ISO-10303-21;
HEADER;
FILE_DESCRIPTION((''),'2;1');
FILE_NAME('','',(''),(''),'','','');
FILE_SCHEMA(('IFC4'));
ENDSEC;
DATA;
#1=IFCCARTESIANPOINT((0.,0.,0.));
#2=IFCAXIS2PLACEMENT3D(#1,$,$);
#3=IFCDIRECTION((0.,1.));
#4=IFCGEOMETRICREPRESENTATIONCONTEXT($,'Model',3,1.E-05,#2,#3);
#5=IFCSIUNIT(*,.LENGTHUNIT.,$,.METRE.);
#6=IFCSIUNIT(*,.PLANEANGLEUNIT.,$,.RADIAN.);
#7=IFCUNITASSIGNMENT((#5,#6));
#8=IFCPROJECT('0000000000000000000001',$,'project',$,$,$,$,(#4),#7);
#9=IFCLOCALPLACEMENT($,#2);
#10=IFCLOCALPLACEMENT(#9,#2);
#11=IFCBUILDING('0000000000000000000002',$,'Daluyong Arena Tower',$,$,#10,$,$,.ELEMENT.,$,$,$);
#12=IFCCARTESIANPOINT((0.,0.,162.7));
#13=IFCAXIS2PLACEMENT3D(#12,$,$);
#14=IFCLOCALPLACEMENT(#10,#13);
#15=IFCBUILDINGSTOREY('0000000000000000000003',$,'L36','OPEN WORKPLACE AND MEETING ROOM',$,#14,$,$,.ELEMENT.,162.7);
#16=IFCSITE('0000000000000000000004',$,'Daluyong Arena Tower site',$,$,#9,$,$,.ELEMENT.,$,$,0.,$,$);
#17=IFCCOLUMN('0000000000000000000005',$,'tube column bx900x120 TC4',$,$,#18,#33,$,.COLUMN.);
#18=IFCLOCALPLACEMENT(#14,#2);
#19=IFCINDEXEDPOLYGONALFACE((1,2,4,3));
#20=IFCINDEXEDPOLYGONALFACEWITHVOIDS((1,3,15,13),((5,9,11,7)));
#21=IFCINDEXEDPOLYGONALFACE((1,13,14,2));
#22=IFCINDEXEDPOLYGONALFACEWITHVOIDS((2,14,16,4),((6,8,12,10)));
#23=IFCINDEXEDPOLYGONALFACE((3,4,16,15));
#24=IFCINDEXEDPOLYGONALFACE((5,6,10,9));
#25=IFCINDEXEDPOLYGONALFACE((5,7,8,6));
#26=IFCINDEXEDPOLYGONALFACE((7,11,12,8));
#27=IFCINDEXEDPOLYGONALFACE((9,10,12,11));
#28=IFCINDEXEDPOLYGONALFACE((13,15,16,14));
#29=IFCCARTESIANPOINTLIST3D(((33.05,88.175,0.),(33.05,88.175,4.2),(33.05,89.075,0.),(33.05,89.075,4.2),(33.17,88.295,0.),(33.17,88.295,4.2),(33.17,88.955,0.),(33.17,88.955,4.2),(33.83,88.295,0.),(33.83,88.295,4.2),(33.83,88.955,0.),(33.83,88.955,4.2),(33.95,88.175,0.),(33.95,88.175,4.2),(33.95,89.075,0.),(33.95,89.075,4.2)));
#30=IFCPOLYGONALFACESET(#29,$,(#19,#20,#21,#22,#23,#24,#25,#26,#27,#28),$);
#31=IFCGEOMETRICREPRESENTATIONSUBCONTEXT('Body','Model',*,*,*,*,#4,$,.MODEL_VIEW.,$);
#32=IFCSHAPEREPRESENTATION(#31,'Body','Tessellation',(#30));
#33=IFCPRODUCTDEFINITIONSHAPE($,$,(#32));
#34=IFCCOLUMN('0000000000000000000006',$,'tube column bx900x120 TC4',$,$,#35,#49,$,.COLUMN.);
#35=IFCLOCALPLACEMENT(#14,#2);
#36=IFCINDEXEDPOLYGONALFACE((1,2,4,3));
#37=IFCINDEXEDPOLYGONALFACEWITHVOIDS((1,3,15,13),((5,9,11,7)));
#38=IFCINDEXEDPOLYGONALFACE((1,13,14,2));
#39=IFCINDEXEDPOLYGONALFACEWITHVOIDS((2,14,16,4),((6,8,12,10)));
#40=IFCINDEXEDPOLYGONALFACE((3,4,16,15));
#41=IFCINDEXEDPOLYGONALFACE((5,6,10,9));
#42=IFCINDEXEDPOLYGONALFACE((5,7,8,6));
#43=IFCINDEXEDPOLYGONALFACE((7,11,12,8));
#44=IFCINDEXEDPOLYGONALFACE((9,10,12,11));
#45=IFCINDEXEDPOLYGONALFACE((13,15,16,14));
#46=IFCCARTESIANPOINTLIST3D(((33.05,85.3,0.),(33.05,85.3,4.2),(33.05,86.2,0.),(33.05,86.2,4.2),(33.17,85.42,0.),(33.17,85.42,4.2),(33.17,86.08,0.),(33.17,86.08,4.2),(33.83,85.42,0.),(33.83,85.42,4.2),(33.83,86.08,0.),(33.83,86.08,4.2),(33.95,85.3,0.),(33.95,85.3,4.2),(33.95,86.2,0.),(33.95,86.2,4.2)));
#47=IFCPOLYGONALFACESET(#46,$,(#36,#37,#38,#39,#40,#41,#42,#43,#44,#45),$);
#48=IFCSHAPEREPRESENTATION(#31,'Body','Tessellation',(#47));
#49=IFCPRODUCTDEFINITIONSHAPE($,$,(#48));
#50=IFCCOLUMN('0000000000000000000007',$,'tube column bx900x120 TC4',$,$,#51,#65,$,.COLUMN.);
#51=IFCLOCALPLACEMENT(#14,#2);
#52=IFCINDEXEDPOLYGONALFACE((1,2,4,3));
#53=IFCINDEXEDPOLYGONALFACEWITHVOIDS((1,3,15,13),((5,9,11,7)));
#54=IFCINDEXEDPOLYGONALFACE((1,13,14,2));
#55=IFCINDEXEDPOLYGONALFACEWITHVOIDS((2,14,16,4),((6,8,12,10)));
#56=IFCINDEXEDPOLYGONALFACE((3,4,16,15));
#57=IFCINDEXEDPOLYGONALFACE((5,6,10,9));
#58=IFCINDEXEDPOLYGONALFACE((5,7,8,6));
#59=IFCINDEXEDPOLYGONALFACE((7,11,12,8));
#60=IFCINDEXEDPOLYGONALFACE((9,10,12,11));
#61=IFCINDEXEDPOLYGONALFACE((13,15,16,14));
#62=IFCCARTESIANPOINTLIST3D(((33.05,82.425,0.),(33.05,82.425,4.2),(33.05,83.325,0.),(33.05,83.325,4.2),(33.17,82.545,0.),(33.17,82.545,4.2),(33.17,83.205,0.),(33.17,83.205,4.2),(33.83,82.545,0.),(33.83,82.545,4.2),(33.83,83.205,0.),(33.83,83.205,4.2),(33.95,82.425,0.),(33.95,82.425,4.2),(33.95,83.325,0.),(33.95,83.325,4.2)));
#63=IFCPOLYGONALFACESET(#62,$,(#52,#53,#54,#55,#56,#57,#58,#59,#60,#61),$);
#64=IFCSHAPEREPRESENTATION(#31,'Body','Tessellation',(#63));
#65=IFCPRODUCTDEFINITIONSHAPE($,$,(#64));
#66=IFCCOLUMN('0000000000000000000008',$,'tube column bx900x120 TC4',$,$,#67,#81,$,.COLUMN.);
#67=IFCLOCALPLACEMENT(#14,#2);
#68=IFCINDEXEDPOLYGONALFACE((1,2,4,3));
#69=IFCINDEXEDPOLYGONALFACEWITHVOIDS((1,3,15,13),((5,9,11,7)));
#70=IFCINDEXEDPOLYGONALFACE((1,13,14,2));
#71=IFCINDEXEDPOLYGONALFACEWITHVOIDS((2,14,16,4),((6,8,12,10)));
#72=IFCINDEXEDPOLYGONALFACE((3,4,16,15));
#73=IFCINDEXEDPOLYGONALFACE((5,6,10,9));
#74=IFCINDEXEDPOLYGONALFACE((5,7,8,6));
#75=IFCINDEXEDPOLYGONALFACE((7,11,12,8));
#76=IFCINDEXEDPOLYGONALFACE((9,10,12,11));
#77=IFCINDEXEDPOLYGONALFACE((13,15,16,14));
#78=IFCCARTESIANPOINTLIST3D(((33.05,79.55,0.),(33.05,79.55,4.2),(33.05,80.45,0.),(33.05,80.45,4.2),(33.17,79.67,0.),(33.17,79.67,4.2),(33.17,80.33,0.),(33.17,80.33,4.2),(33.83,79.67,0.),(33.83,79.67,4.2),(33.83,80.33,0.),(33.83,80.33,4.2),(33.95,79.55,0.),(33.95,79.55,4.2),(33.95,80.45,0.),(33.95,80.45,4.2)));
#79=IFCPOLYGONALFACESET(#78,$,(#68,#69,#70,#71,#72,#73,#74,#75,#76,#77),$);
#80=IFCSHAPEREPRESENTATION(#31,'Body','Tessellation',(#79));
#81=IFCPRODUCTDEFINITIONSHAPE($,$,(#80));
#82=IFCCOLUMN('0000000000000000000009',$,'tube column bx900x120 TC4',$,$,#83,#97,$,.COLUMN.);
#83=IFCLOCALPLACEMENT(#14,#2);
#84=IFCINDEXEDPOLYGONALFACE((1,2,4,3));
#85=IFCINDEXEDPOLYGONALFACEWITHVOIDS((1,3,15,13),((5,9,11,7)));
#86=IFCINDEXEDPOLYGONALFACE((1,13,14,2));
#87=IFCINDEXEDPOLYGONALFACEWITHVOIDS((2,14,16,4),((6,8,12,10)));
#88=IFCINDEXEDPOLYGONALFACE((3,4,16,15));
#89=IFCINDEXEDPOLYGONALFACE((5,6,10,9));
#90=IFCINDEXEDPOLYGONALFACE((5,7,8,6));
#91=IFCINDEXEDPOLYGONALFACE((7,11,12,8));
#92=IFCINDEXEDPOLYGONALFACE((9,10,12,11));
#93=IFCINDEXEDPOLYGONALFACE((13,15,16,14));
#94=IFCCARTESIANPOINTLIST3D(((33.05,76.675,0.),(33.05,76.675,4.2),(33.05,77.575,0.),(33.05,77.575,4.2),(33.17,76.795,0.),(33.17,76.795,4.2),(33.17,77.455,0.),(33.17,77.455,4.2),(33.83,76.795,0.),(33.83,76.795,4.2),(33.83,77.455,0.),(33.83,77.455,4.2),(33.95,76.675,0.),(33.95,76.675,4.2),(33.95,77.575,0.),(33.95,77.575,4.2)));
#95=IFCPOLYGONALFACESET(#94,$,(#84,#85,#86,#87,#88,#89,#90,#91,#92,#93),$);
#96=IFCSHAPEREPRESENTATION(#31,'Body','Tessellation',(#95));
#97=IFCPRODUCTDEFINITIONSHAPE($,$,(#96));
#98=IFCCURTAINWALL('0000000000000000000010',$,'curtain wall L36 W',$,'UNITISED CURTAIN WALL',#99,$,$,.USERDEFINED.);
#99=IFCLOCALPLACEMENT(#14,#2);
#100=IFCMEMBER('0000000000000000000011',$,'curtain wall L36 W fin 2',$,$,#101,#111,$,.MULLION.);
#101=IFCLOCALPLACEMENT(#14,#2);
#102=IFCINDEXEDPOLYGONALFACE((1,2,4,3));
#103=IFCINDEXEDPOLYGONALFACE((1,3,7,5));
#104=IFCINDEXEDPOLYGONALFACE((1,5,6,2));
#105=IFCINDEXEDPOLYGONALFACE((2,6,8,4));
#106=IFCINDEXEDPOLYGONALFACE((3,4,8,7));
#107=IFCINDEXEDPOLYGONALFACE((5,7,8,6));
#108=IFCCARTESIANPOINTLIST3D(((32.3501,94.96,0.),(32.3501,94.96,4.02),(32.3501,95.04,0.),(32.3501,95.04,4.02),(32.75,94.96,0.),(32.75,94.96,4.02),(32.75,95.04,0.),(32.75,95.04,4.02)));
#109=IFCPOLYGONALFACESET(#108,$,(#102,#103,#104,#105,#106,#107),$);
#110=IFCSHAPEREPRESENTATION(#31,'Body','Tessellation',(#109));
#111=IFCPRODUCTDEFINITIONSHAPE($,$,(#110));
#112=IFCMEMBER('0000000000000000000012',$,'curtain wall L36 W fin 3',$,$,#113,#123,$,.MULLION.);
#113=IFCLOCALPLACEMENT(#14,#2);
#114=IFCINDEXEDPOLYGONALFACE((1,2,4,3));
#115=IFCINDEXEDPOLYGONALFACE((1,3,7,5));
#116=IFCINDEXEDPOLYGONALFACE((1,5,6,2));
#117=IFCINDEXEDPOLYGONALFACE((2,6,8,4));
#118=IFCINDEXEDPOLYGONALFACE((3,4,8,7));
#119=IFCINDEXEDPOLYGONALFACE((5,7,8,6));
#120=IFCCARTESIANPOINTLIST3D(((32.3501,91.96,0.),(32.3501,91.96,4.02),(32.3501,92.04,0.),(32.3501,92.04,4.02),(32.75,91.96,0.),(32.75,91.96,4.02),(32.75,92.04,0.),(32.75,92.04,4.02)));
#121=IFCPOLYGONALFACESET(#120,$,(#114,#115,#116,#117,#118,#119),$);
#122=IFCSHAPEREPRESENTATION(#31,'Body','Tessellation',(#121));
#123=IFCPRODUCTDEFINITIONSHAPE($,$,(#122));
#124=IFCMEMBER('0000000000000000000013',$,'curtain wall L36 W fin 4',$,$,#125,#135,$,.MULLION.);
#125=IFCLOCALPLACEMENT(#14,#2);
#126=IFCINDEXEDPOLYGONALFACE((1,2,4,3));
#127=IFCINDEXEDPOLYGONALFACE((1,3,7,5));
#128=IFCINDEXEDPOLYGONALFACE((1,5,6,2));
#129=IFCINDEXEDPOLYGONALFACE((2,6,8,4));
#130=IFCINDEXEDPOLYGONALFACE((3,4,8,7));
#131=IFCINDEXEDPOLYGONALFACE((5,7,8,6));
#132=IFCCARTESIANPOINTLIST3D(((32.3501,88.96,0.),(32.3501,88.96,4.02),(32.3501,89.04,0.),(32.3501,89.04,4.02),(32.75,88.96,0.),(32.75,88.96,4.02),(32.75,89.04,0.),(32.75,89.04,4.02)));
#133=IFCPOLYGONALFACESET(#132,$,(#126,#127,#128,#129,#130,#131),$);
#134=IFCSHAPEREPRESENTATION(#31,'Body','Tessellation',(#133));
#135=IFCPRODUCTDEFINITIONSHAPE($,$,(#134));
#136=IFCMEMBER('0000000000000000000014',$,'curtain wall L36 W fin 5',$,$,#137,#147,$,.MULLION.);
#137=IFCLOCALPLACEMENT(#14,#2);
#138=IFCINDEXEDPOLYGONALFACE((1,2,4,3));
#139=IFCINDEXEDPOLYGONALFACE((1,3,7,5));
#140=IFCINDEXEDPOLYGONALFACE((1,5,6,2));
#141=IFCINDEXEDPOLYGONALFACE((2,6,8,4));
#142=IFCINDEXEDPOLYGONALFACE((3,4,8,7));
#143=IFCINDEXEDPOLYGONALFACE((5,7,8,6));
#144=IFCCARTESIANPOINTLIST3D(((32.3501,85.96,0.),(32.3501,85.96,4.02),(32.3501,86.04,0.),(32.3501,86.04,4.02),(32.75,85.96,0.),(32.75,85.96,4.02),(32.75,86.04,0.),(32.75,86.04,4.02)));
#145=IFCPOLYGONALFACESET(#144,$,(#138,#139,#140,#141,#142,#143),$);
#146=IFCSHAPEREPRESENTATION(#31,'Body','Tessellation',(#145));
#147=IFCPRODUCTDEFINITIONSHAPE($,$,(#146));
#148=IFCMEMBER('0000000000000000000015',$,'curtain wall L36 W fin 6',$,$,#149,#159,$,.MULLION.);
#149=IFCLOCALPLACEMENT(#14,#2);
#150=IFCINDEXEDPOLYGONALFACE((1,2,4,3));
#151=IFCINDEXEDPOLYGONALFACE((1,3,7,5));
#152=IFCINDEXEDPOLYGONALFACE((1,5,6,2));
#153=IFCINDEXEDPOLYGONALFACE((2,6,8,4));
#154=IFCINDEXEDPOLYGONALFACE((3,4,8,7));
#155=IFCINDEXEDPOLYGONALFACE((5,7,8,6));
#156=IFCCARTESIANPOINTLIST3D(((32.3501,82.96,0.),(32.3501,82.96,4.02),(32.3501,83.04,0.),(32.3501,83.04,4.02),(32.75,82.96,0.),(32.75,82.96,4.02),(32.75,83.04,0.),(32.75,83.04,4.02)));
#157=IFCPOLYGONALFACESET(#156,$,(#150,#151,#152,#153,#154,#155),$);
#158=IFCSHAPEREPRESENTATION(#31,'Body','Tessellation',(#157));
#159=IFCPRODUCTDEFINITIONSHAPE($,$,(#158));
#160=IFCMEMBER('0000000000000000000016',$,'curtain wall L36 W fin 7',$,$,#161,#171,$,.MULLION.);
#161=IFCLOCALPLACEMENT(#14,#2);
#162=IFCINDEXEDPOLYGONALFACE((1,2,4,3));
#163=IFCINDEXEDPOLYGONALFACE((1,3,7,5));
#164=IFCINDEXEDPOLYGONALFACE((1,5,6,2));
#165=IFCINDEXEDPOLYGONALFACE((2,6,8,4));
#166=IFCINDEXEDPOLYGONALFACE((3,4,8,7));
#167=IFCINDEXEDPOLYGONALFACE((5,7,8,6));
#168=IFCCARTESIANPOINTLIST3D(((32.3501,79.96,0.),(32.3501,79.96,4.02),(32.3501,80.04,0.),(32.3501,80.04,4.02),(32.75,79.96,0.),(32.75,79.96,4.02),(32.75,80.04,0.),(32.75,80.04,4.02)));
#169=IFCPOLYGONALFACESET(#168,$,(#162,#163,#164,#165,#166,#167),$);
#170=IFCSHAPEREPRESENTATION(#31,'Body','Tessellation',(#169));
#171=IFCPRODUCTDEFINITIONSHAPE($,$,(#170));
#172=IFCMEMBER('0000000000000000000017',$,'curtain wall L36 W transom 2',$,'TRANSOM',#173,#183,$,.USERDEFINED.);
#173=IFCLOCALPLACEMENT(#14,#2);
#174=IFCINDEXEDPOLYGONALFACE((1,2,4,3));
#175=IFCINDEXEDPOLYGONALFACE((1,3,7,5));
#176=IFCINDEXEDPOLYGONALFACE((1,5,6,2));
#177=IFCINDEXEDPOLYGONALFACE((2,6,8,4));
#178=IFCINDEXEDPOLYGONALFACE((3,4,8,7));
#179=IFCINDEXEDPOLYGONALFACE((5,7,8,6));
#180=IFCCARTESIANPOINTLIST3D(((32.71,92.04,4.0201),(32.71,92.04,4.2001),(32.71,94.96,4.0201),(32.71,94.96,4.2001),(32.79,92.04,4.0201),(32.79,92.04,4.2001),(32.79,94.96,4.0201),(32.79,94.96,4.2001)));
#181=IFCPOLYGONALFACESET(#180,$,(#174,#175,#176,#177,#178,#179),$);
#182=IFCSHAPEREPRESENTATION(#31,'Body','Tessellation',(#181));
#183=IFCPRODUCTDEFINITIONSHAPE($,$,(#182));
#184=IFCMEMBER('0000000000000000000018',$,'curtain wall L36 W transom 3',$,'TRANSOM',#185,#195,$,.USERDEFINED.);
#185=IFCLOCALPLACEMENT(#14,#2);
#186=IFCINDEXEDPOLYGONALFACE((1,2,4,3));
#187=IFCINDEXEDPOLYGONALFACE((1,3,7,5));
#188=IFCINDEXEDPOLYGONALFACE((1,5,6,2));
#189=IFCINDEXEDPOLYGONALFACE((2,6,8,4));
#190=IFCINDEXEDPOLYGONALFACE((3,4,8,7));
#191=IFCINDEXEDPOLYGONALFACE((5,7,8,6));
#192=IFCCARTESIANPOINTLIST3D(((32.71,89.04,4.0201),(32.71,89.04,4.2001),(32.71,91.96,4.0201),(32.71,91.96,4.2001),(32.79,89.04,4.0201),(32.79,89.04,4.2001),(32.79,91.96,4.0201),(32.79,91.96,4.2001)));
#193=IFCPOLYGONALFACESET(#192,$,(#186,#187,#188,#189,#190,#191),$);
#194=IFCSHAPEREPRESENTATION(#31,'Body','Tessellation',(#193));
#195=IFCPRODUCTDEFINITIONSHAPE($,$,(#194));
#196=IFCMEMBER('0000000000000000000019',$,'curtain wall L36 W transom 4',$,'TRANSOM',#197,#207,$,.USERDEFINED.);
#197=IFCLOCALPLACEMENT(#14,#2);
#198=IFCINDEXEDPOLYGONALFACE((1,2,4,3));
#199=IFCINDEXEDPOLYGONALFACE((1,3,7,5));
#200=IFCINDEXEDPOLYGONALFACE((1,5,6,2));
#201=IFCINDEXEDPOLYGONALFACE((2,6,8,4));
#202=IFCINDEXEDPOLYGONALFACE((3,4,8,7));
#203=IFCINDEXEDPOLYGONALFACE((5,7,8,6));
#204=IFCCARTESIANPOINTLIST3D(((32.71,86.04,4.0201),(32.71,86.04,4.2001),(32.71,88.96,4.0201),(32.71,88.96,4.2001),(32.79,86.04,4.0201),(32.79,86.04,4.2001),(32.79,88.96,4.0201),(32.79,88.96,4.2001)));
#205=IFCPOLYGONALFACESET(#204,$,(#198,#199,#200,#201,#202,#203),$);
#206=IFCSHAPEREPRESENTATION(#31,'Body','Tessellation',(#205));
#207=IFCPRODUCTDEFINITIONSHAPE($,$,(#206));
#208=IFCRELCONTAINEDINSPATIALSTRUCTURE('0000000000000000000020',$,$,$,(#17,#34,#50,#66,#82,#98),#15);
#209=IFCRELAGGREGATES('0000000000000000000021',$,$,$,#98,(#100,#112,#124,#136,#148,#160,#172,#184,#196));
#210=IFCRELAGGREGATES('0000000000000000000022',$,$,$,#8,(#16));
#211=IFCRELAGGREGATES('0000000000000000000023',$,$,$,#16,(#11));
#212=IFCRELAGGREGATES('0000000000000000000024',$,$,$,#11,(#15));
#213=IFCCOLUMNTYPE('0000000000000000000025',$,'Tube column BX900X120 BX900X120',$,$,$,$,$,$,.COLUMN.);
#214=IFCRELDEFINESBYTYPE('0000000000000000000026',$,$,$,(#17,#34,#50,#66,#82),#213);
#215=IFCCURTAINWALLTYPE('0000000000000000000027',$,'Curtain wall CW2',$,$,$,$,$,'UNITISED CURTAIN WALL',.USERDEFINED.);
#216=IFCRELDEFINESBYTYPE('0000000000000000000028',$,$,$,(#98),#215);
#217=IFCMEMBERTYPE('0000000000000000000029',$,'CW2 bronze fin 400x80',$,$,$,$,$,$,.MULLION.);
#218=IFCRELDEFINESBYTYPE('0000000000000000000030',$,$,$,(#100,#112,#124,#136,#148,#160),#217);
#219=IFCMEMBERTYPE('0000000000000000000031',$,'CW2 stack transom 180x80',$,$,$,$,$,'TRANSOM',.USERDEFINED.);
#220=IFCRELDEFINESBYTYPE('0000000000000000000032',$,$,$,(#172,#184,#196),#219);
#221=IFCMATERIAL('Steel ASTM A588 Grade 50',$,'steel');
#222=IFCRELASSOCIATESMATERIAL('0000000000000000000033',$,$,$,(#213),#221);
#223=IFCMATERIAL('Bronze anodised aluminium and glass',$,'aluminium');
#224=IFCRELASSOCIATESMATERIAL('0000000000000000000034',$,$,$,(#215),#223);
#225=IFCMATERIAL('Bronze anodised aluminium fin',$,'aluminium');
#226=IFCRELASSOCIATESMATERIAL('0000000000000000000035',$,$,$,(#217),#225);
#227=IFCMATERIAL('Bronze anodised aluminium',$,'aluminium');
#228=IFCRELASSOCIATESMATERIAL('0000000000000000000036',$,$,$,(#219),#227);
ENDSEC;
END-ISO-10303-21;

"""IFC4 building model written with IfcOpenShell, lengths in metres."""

from ifc_helpers import new_model, si_unit, direction, frame, origin, origin_2d, place, context, subcontext, project, spatial, rectangle, hollow_rectangle, extrude, material, material_profile, profile_set, type_object, element, aggregate, save


model = new_model("IFC4")

# Units and contexts
model_context = context("Model", 3, precision=1e-05, world=origin(), true_north=direction((0.0, 1.0)))
body_context = subcontext(model_context, "Body", "Model", "MODEL_VIEW")
ifc_project = project(units=[si_unit("LENGTHUNIT", "METRE"), si_unit("PLANEANGLEUNIT", "RADIAN")], contexts=[model_context])

# Site, building, storey
site_placement = place(None, origin())
site = spatial("IfcSite", under=ifc_project, at=site_placement, Name="Daluyong Arena Tower site", CompositionType="ELEMENT", RefElevation=0.0)
building_placement = place(site_placement, origin())
building = spatial("IfcBuilding", under=site, at=building_placement, Name="Daluyong Arena Tower", CompositionType="ELEMENT")
storey_placement = place(building_placement, frame((0.0, 0.0, 162.7)))
storey = spatial("IfcBuildingStorey", under=building, at=storey_placement, Name="L36", Description="OPEN WORKPLACE AND MEETING ROOM", CompositionType="ELEMENT", Elevation=162.7)

# Columns
ifc_material_1 = material(Name="Steel ASTM A588 Grade 50", Category="steel")
ifc_material_profile_1 = material_profile(ifc_material_1, hollow_rectangle(XDim=0.8999, YDim=0.8999, WallThickness=0.12, at=origin_2d()))
ifc_profile_set_1 = profile_set([ifc_material_profile_1], Name="Steel ASTM A588 Grade 50")
column_type = type_object("IfcColumnType", Name="Tube column BX900X120 BX900X120", PredefinedType="COLUMN", material=ifc_profile_set_1)
for number, where, z_axis, x_axis, name in (
    (1, (33.5, 88.625, 0.0), (0.0, 0.0, 1.0), (0.0, 1.0, 0.0), "tube column bx900x120 TC4"),
    (2, (33.5, 85.75, 0.0), (0.0, 0.0, 1.0), (0.0, 1.0, 0.0), "tube column bx900x120 TC4"),
    (3, (33.5, 82.875, 0.0), (0.0, 0.0, 1.0), (0.0, 1.0, 0.0), "tube column bx900x120 TC4"),
    (4, (33.5, 80.0, 0.0), (0.0, 0.0, 1.0), (0.0, 1.0, 0.0), "tube column bx900x120 TC4"),
    (5, (33.5, 77.125, 0.0), (0.0, 0.0, 1.0), (0.0, 1.0, 0.0), "tube column bx900x120 TC4"),
):
    element("IfcColumn", number, at=place(storey_placement, frame(where, z_axis=z_axis, x_axis=x_axis)), inside=storey, type_object=column_type, Name=name, PredefinedType="COLUMN", context=body_context, shape_type="SweptSolid", body=[
        extrude(hollow_rectangle(XDim=0.8999, YDim=0.8999, WallThickness=0.12, at=origin_2d()), origin(), (0.0, 0.0, 1.0), 4.2),
    ])

# Curtain wall, members
ifc_material_2 = material(Name="Bronze anodised aluminium and glass", Category="aluminium")
curtain_wall_type = type_object("IfcCurtainWallType", Name="Curtain wall CW2", ElementType="UNITISED CURTAIN WALL", PredefinedType="USERDEFINED", material=ifc_material_2)
curtain_wall_placement = place(storey_placement, origin())
curtain_wall = element("IfcCurtainWall", 6, at=curtain_wall_placement, inside=storey, type_object=curtain_wall_type, Name="curtain wall L36 W", ObjectType="UNITISED CURTAIN WALL", PredefinedType="USERDEFINED")
ifc_material_3 = material(Name="Bronze anodised aluminium fin", Category="aluminium")
ifc_material_profile_2 = material_profile(ifc_material_3, rectangle(XDim=0.3999, YDim=0.0801, at=origin_2d()))
ifc_profile_set_2 = profile_set([ifc_material_profile_2], Name="Bronze anodised aluminium fin")
member_type_1 = type_object("IfcMemberType", Name="CW2 bronze fin 400x80", PredefinedType="MULLION", material=ifc_profile_set_2)
member_1_placement = place(storey_placement, frame((32.55, 95.0, 0.0), z_axis=(0.0, 0.0, 1.0), x_axis=(1.0, 0.0, 0.0)))
member_1 = element("IfcMember", 7, at=member_1_placement, type_object=member_type_1, Name="curtain wall L36 W fin 2", PredefinedType="MULLION", context=body_context, shape_type="SweptSolid", body=[
    extrude(rectangle(XDim=0.3999, YDim=0.0801, at=origin_2d()), origin(), (0.0, 0.0, 1.0), 4.02),
])
member_2_placement = place(storey_placement, frame((32.55, 92.0, 0.0), z_axis=(0.0, 0.0, 1.0), x_axis=(1.0, 0.0, 0.0)))
member_2 = element("IfcMember", 8, at=member_2_placement, type_object=member_type_1, Name="curtain wall L36 W fin 3", PredefinedType="MULLION", context=body_context, shape_type="SweptSolid", body=[
    extrude(rectangle(XDim=0.3999, YDim=0.0801, at=origin_2d()), origin(), (0.0, 0.0, 1.0), 4.02),
])
member_3_placement = place(storey_placement, frame((32.55, 89.0, 0.0), z_axis=(0.0, 0.0, 1.0), x_axis=(1.0, 0.0, 0.0)))
member_3 = element("IfcMember", 9, at=member_3_placement, type_object=member_type_1, Name="curtain wall L36 W fin 4", PredefinedType="MULLION", context=body_context, shape_type="SweptSolid", body=[
    extrude(rectangle(XDim=0.3999, YDim=0.0801, at=origin_2d()), origin(), (0.0, 0.0, 1.0), 4.02),
])
member_4_placement = place(storey_placement, frame((32.55, 86.0, 0.0), z_axis=(0.0, 0.0, 1.0), x_axis=(1.0, 0.0, 0.0)))
member_4 = element("IfcMember", 10, at=member_4_placement, type_object=member_type_1, Name="curtain wall L36 W fin 5", PredefinedType="MULLION", context=body_context, shape_type="SweptSolid", body=[
    extrude(rectangle(XDim=0.3999, YDim=0.0801, at=origin_2d()), origin(), (0.0, 0.0, 1.0), 4.02),
])
member_5_placement = place(storey_placement, frame((32.55, 83.0, 0.0), z_axis=(0.0, 0.0, 1.0), x_axis=(1.0, 0.0, 0.0)))
member_5 = element("IfcMember", 11, at=member_5_placement, type_object=member_type_1, Name="curtain wall L36 W fin 6", PredefinedType="MULLION", context=body_context, shape_type="SweptSolid", body=[
    extrude(rectangle(XDim=0.3999, YDim=0.0801, at=origin_2d()), origin(), (0.0, 0.0, 1.0), 4.02),
])
member_6_placement = place(storey_placement, frame((32.55, 80.0, 0.0), z_axis=(0.0, 0.0, 1.0), x_axis=(1.0, 0.0, 0.0)))
member_6 = element("IfcMember", 12, at=member_6_placement, type_object=member_type_1, Name="curtain wall L36 W fin 7", PredefinedType="MULLION", context=body_context, shape_type="SweptSolid", body=[
    extrude(rectangle(XDim=0.3999, YDim=0.0801, at=origin_2d()), origin(), (0.0, 0.0, 1.0), 4.02),
])
ifc_material_4 = material(Name="Bronze anodised aluminium", Category="aluminium")
ifc_material_profile_3 = material_profile(ifc_material_4, rectangle(XDim=0.0801, YDim=0.1799, at=origin_2d()))
ifc_profile_set_3 = profile_set([ifc_material_profile_3], Name="Bronze anodised aluminium")
member_type_2 = type_object("IfcMemberType", Name="CW2 stack transom 180x80", ElementType="TRANSOM", PredefinedType="USERDEFINED", material=ifc_profile_set_3)
member_7_placement = place(storey_placement, frame((32.75, 94.96, 4.1101), z_axis=(0.0, -1.0, 0.0), x_axis=(1.0, 0.0, 0.0)))
member_7 = element("IfcMember", 13, at=member_7_placement, type_object=member_type_2, Name="curtain wall L36 W transom 2", ObjectType="TRANSOM", PredefinedType="USERDEFINED", context=body_context, shape_type="SweptSolid", body=[
    extrude(rectangle(XDim=0.0801, YDim=0.1799, at=origin_2d()), origin(), (0.0, 0.0, 1.0), 2.9199),
])
member_8_placement = place(storey_placement, frame((32.75, 91.96, 4.1101), z_axis=(0.0, -1.0, 0.0), x_axis=(1.0, 0.0, 0.0)))
member_8 = element("IfcMember", 14, at=member_8_placement, type_object=member_type_2, Name="curtain wall L36 W transom 3", ObjectType="TRANSOM", PredefinedType="USERDEFINED", context=body_context, shape_type="SweptSolid", body=[
    extrude(rectangle(XDim=0.0801, YDim=0.1799, at=origin_2d()), origin(), (0.0, 0.0, 1.0), 2.9199),
])
member_9_placement = place(storey_placement, frame((32.75, 88.96, 4.1101), z_axis=(0.0, -1.0, 0.0), x_axis=(1.0, 0.0, 0.0)))
member_9 = element("IfcMember", 15, at=member_9_placement, type_object=member_type_2, Name="curtain wall L36 W transom 4", ObjectType="TRANSOM", PredefinedType="USERDEFINED", context=body_context, shape_type="SweptSolid", body=[
    extrude(rectangle(XDim=0.0801, YDim=0.1799, at=origin_2d()), origin(), (0.0, 0.0, 1.0), 2.9199),
])

aggregate(curtain_wall, [member_1, member_2, member_3, member_4, member_5, member_6, member_7, member_8, member_9])

save(model, "model.ifc")
